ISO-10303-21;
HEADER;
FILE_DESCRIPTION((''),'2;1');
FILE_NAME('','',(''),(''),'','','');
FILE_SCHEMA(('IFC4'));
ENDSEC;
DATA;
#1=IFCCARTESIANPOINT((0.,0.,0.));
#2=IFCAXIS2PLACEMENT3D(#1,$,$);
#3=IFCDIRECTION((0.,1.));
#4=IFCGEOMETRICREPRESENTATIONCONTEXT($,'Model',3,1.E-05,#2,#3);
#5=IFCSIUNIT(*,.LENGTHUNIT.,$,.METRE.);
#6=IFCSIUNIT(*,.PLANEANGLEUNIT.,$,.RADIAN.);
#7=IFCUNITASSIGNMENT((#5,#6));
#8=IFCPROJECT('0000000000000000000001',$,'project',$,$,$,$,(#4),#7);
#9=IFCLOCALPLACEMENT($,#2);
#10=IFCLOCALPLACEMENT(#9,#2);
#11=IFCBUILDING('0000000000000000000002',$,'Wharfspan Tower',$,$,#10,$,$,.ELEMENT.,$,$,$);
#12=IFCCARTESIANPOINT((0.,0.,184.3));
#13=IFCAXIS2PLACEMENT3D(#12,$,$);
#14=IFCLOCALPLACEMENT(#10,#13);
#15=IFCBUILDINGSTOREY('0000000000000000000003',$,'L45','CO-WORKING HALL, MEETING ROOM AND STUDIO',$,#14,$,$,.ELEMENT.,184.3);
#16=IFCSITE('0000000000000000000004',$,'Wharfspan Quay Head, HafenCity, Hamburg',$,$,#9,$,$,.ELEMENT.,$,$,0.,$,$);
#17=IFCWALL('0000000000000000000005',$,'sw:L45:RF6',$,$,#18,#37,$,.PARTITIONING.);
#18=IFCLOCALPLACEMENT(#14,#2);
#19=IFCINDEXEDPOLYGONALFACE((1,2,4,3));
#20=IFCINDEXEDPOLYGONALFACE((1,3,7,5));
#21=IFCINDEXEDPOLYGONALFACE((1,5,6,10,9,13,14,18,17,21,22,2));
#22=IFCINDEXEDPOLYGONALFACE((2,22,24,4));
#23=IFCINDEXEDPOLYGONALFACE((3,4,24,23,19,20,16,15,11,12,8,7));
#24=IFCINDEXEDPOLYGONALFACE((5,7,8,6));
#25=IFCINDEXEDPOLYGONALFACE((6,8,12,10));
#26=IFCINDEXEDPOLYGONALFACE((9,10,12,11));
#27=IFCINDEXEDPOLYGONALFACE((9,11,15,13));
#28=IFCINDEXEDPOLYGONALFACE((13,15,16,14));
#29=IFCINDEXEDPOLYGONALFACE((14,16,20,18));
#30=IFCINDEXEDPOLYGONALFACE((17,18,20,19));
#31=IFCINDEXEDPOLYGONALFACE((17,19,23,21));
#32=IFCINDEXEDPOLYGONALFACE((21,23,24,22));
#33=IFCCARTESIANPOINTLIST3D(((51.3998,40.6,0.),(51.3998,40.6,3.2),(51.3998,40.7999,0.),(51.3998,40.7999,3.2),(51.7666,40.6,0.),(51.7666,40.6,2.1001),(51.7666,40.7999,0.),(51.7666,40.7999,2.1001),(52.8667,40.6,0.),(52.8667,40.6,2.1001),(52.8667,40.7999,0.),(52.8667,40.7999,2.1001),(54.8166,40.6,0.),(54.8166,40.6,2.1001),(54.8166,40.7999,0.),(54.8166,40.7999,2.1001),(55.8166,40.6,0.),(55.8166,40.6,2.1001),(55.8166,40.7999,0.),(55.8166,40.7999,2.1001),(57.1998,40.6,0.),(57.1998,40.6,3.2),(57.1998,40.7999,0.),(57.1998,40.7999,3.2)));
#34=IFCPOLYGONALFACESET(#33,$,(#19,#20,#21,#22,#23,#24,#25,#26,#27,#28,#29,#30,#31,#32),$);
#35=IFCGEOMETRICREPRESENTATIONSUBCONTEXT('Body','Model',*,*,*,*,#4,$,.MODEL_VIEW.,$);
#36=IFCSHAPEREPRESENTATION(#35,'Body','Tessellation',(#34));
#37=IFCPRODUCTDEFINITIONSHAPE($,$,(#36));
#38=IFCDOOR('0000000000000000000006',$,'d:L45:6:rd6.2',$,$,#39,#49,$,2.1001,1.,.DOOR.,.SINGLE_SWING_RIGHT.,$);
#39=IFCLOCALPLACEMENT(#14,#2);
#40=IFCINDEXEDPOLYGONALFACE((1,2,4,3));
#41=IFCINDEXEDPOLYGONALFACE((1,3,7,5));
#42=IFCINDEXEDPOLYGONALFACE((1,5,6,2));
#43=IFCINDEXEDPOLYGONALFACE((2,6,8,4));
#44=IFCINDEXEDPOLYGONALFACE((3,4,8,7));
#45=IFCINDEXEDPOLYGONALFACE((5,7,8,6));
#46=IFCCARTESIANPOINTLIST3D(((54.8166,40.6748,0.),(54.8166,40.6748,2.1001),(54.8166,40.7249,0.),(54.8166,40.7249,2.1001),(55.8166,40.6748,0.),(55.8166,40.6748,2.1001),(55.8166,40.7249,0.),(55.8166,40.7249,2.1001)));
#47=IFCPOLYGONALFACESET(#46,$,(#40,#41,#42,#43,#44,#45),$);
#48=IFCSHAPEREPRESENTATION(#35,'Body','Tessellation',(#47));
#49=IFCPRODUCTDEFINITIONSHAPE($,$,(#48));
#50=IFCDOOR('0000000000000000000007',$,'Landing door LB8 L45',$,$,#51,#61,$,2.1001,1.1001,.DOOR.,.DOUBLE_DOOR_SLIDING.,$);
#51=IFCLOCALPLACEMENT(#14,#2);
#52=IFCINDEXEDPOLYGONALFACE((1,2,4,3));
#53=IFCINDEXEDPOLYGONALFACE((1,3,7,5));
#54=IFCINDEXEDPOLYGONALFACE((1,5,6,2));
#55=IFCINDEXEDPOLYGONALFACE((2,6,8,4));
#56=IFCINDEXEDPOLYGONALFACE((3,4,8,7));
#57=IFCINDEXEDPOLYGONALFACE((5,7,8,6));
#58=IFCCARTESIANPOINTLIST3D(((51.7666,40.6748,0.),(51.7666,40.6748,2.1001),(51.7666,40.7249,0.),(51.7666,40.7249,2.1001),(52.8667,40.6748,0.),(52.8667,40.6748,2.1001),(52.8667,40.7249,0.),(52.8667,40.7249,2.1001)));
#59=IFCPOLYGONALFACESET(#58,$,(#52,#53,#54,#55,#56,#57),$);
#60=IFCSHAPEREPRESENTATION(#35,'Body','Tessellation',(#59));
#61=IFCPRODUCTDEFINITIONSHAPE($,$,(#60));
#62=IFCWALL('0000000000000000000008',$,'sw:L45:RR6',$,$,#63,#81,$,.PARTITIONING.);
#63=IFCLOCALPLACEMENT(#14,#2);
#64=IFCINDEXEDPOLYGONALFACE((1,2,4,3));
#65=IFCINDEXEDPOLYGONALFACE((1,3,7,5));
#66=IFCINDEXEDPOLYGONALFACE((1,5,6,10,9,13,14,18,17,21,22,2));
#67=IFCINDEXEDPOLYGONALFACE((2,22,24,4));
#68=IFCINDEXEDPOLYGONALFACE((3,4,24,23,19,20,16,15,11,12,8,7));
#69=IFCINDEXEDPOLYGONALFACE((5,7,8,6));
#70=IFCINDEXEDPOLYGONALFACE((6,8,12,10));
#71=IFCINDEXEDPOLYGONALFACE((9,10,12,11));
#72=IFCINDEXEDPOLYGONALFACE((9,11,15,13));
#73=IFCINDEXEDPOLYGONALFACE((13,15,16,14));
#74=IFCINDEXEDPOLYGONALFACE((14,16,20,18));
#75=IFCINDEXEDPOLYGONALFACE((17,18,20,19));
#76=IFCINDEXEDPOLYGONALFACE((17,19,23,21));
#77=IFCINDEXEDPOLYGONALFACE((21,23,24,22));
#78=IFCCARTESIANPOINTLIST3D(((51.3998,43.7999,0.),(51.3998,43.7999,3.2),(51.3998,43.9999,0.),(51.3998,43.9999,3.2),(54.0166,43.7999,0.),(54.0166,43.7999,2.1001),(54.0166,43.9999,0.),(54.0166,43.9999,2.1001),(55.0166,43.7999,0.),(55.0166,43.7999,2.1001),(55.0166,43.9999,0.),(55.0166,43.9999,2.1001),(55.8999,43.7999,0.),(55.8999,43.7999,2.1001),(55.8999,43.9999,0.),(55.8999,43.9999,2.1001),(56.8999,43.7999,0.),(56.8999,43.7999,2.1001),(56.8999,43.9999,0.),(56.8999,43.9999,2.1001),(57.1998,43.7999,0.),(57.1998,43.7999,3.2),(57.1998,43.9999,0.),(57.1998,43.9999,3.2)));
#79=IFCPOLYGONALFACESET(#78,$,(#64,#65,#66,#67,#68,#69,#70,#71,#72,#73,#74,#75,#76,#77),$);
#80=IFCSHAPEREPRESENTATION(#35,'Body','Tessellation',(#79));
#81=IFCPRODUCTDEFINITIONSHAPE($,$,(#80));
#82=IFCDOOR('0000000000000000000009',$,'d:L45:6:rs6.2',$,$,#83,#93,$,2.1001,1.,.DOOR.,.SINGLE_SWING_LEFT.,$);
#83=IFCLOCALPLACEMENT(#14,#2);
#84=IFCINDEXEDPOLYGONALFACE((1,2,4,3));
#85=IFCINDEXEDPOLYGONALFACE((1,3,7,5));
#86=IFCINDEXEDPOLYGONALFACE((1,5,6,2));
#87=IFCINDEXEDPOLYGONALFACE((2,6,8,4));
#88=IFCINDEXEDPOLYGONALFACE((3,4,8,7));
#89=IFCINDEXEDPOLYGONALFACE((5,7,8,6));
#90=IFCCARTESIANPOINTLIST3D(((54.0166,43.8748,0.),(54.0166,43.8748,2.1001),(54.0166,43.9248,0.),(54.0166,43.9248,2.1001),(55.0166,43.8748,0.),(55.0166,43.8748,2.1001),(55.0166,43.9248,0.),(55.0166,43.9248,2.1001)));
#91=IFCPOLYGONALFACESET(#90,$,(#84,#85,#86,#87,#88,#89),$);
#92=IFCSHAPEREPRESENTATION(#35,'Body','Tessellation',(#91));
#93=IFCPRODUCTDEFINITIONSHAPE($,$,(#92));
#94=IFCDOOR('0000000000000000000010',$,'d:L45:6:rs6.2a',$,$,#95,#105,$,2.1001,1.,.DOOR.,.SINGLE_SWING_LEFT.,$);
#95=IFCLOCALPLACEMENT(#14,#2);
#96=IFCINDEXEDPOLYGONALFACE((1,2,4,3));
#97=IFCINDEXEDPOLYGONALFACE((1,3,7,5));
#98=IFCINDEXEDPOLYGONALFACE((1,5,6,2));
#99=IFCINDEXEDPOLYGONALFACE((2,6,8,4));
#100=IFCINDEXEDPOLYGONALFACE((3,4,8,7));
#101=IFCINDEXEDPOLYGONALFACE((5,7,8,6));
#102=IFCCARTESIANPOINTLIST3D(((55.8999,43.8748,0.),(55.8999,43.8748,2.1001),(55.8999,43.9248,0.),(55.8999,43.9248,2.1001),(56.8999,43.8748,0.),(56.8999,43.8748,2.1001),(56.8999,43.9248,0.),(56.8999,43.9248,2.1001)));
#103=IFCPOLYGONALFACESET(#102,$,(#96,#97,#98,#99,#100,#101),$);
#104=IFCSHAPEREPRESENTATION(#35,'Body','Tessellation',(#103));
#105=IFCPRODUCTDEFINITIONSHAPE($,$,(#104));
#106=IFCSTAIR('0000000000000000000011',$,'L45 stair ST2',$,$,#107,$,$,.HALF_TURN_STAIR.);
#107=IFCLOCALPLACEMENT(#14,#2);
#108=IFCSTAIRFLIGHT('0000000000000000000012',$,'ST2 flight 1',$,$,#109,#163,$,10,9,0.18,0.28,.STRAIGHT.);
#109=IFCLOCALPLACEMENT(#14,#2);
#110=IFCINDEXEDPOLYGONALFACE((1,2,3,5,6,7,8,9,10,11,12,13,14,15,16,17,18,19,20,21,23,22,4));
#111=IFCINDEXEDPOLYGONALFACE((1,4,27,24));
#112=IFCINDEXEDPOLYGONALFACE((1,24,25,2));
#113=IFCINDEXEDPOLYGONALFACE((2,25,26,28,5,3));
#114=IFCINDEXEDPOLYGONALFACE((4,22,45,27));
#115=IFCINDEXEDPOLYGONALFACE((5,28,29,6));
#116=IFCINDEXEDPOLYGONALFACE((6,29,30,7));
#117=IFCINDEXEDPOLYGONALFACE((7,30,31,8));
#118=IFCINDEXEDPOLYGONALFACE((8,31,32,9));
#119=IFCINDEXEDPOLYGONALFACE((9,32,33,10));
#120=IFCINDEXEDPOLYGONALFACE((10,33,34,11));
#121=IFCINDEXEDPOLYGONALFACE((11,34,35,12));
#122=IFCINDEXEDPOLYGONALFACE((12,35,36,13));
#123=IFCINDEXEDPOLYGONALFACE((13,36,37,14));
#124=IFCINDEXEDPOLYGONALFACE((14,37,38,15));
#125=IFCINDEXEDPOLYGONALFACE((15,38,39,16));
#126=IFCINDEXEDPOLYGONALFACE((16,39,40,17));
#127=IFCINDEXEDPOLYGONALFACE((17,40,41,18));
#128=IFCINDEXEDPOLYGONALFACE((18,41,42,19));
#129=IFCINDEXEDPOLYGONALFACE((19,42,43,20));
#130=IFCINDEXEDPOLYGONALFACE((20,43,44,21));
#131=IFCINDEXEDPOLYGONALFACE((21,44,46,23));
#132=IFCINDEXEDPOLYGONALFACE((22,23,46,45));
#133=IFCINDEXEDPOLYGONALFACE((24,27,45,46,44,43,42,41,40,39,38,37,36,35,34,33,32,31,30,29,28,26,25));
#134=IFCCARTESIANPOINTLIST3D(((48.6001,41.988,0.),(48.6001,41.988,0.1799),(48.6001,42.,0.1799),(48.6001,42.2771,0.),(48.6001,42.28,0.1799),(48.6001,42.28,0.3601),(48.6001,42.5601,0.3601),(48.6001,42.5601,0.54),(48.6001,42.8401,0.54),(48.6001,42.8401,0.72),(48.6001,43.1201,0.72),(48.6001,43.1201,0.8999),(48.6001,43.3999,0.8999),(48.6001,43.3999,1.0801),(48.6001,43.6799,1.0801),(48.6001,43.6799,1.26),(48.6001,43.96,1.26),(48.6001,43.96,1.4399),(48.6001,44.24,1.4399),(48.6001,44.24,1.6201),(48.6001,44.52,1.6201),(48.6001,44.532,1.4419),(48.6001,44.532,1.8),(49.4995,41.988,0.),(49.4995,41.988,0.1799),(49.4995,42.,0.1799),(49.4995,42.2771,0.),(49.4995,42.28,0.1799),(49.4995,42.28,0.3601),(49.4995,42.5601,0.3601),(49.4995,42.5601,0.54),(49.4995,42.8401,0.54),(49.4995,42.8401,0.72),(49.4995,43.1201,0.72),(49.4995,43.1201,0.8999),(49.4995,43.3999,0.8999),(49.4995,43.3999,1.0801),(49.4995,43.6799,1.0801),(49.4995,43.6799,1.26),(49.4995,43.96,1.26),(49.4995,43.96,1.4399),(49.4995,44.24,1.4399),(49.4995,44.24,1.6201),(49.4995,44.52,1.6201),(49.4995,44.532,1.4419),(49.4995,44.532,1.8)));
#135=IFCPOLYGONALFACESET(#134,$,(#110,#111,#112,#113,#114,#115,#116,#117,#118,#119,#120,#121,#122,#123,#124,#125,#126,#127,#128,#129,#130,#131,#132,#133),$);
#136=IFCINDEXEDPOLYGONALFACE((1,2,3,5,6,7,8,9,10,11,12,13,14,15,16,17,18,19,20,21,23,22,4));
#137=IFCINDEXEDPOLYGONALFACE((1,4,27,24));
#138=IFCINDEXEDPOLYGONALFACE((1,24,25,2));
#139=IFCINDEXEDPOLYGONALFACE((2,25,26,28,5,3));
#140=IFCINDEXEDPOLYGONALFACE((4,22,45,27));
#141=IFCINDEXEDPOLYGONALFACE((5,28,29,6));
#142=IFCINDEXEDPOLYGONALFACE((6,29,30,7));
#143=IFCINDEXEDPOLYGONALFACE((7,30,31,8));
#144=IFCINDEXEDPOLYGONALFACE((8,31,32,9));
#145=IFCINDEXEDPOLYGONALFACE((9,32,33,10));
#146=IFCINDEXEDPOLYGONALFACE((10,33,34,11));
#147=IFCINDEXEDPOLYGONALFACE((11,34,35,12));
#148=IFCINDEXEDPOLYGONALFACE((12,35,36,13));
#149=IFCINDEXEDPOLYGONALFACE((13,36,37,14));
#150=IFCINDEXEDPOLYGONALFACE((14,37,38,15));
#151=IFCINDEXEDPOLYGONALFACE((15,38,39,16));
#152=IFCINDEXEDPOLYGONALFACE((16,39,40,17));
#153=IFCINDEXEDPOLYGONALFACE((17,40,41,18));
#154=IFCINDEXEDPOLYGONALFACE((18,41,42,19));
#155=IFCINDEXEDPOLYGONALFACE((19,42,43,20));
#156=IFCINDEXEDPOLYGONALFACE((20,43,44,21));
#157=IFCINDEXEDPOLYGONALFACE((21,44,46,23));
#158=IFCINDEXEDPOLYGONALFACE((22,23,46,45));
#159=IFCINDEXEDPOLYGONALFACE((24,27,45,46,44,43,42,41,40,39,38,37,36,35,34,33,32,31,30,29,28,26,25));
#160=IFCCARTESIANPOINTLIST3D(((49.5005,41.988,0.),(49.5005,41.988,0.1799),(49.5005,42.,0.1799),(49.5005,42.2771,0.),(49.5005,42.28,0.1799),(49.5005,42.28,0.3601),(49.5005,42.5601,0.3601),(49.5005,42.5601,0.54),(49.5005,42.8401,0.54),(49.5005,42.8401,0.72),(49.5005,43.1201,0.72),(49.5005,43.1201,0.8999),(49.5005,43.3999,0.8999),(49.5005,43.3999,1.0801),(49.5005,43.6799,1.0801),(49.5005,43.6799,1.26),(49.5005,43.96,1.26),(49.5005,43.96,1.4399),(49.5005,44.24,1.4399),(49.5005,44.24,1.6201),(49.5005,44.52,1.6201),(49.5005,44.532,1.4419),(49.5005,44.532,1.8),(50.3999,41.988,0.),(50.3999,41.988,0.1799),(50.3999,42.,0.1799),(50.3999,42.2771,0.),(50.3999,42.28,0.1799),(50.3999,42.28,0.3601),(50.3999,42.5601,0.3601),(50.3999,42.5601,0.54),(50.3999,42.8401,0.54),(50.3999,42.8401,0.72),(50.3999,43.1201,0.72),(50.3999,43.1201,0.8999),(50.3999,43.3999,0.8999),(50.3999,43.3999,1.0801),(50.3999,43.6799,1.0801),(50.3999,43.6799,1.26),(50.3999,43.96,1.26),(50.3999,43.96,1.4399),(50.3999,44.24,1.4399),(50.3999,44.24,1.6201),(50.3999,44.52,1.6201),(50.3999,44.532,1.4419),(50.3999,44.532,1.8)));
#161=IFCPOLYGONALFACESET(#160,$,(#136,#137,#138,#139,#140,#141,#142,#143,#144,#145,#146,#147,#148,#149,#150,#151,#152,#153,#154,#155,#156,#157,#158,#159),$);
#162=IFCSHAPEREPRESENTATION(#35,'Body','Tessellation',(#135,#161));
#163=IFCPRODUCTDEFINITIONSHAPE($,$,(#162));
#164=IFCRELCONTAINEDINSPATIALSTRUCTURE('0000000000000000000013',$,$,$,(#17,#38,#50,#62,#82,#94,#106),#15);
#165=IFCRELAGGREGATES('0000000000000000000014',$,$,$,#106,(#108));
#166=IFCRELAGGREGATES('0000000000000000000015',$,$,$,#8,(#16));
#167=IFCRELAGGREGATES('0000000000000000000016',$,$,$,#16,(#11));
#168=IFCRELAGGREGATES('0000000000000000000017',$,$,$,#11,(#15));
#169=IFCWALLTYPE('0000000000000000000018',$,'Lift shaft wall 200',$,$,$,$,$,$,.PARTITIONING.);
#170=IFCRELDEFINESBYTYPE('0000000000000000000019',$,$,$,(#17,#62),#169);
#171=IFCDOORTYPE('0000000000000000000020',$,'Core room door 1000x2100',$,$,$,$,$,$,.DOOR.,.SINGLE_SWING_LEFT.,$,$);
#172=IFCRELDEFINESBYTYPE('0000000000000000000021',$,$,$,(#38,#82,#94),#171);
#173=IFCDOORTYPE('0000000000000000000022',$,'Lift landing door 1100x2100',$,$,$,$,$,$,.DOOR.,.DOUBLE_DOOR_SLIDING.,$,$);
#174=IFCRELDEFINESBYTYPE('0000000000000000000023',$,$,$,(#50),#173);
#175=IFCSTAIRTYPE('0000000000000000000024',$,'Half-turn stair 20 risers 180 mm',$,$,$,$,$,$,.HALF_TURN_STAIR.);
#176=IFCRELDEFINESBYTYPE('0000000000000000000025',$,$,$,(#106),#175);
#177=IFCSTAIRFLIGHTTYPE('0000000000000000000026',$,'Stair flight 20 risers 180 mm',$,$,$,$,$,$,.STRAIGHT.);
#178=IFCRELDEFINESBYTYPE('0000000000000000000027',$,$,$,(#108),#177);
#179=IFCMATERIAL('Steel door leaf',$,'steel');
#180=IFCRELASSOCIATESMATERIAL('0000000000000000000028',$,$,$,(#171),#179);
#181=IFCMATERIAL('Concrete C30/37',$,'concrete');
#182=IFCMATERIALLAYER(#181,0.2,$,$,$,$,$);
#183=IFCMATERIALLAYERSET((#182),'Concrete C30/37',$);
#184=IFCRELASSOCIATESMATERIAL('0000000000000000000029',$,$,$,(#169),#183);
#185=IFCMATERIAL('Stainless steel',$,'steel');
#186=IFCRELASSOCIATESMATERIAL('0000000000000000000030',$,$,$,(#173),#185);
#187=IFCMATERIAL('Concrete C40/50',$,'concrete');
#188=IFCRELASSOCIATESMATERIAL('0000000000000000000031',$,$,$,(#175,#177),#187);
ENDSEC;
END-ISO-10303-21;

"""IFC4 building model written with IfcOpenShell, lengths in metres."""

from ifc_helpers import new_model, si_unit, direction, frame, frame_2d, origin, place, context, subcontext, project, spatial, polyline, rectangle, outline, extrude, material, layer, layer_set, type_object, element, fill, aggregate, save


model = new_model("IFC4")

# Units and contexts
model_context = context("Model", 3, precision=1e-05, world=origin(), true_north=direction((0.0, 1.0)))
body_context = subcontext(model_context, "Body", "Model", "MODEL_VIEW")
ifc_project = project(units=[si_unit("LENGTHUNIT", "METRE"), si_unit("PLANEANGLEUNIT", "RADIAN")], contexts=[model_context])

# Site, building, storey
site_placement = place(None, origin())
site = spatial("IfcSite", under=ifc_project, at=site_placement, Name="Wharfspan Quay Head, HafenCity, Hamburg", CompositionType="ELEMENT", RefElevation=0.0)
building_placement = place(site_placement, origin())
building = spatial("IfcBuilding", under=site, at=building_placement, Name="Wharfspan Tower", CompositionType="ELEMENT")
storey_placement = place(building_placement, frame((0.0, 0.0, 184.3)))
storey = spatial("IfcBuildingStorey", under=building, at=storey_placement, Name="L45", Description="CO-WORKING HALL, MEETING ROOM AND STUDIO", CompositionType="ELEMENT", Elevation=184.3)

# Shared definitions
ifc_material_1 = material(Name="Steel door leaf", Category="steel")
door_type_1 = type_object("IfcDoorType", Name="Core room door 1000x2100", OperationType="SINGLE_SWING_LEFT", PredefinedType="DOOR", material=ifc_material_1)

# Walls, openings, doors
ifc_material_2 = material(Name="Concrete C30/37", Category="concrete")
ifc_layer_1 = layer(ifc_material_2, 0.2)
ifc_layer_set_1 = layer_set([ifc_layer_1], Name="Concrete C30/37")
wall_type_1 = type_object("IfcWallType", Name="Lift shaft wall 200", PredefinedType="PARTITIONING", material=ifc_layer_set_1)
wall_1_placement = place(storey_placement, frame((51.3999, 40.7, 0.0), z_axis=(0.0, 0.0, 1.0), x_axis=(1.0, 0.0, 0.0)))
wall_1 = element("IfcWall", 1, at=wall_1_placement, inside=storey, type_object=wall_type_1, Name="sw:L45:RF6", PredefinedType="PARTITIONING", context=body_context, shape_type="SweptSolid", body=[
    extrude(rectangle(XDim=5.8, YDim=0.2, at=frame_2d((2.8999, 0.0))), origin(), (0.0, 0.0, 1.0), 3.2),
])
opening_1_placement = place(wall_1_placement, frame((0.3667, 0.0, 0.0)))
opening_1 = element("IfcOpeningElement", 2, at=opening_1_placement, cuts=wall_1, PredefinedType="OPENING", context=body_context, shape_type="SweptSolid", body=[
    extrude(rectangle(XDim=1.1001, YDim=2.1001, at=frame_2d((0.55, 1.05))), frame((0.0, 0.1099, 0.0), z_axis=(0.0, -1.0, 0.0), x_axis=(1.0, 0.0, 0.0)), (0.0, 0.0, 1.0), 0.22),
])
opening_2_placement = place(wall_1_placement, frame((3.4167, 0.0, 0.0)))
opening_2 = element("IfcOpeningElement", 3, at=opening_2_placement, cuts=wall_1, PredefinedType="OPENING", context=body_context, shape_type="SweptSolid", body=[
    extrude(rectangle(XDim=1.0, YDim=2.1001, at=frame_2d((0.5, 1.05))), frame((0.0, 0.1099, 0.0), z_axis=(0.0, -1.0, 0.0), x_axis=(1.0, 0.0, 0.0)), (0.0, 0.0, 1.0), 0.22),
])
door_1_placement = place(opening_2_placement, origin())
door_1 = element("IfcDoor", 4, at=door_1_placement, inside=storey, type_object=door_type_1, Name="d:L45:6:rd6.2", OperationType="SINGLE_SWING_RIGHT", OverallHeight=2.1001, OverallWidth=1.0, PredefinedType="DOOR", context=body_context, shape_type="SweptSolid", body=[
    extrude(rectangle(XDim=1.0, YDim=2.1001, at=frame_2d((0.5, 1.05))), frame((0.0, 0.0249, 0.0), z_axis=(0.0, -1.0, 0.0), x_axis=(1.0, 0.0, 0.0)), (0.0, 0.0, 1.0), 0.05),
])
fill(opening_2, door_1)
ifc_material_3 = material(Name="Stainless steel", Category="steel")
door_type_2 = type_object("IfcDoorType", Name="Lift landing door 1100x2100", OperationType="DOUBLE_DOOR_SLIDING", PredefinedType="DOOR", material=ifc_material_3)
door_2_placement = place(opening_1_placement, origin())
door_2 = element("IfcDoor", 5, at=door_2_placement, inside=storey, type_object=door_type_2, Name="Landing door LB8 L45", OperationType="DOUBLE_DOOR_SLIDING", OverallHeight=2.1001, OverallWidth=1.1001, PredefinedType="DOOR", context=body_context, shape_type="SweptSolid", body=[
    extrude(rectangle(XDim=1.1001, YDim=2.1001, at=frame_2d((0.55, 1.05))), frame((0.0, 0.0249, 0.0), z_axis=(0.0, -1.0, 0.0), x_axis=(1.0, 0.0, 0.0)), (0.0, 0.0, 1.0), 0.05),
])
fill(opening_1, door_2)
wall_2_placement = place(storey_placement, frame((51.3999, 43.8999, 0.0), z_axis=(0.0, 0.0, 1.0), x_axis=(1.0, 0.0, 0.0)))
wall_2 = element("IfcWall", 6, at=wall_2_placement, inside=storey, type_object=wall_type_1, Name="sw:L45:RR6", PredefinedType="PARTITIONING", context=body_context, shape_type="SweptSolid", body=[
    extrude(rectangle(XDim=5.8, YDim=0.2, at=frame_2d((2.8999, 0.0))), origin(), (0.0, 0.0, 1.0), 3.2),
])
opening_3_placement = place(wall_2_placement, frame((2.6167, 0.0, 0.0)))
opening_3 = element("IfcOpeningElement", 7, at=opening_3_placement, cuts=wall_2, PredefinedType="OPENING", context=body_context, shape_type="SweptSolid", body=[
    extrude(rectangle(XDim=1.0, YDim=2.1001, at=frame_2d((0.5, 1.05))), frame((0.0, 0.1099, 0.0), z_axis=(0.0, -1.0, 0.0), x_axis=(1.0, 0.0, 0.0)), (0.0, 0.0, 1.0), 0.22),
])
opening_4_placement = place(wall_2_placement, frame((4.5, 0.0, 0.0)))
opening_4 = element("IfcOpeningElement", 8, at=opening_4_placement, cuts=wall_2, PredefinedType="OPENING", context=body_context, shape_type="SweptSolid", body=[
    extrude(rectangle(XDim=1.0, YDim=2.1001, at=frame_2d((0.5, 1.05))), frame((0.0, 0.1099, 0.0), z_axis=(0.0, -1.0, 0.0), x_axis=(1.0, 0.0, 0.0)), (0.0, 0.0, 1.0), 0.22),
])
door_3_placement = place(opening_3_placement, origin())
door_3 = element("IfcDoor", 9, at=door_3_placement, inside=storey, type_object=door_type_1, Name="d:L45:6:rs6.2", OperationType="SINGLE_SWING_LEFT", OverallHeight=2.1001, OverallWidth=1.0, PredefinedType="DOOR", context=body_context, shape_type="SweptSolid", body=[
    extrude(rectangle(XDim=1.0, YDim=2.1001, at=frame_2d((0.5, 1.05))), frame((0.0, 0.0249, 0.0), z_axis=(0.0, -1.0, 0.0), x_axis=(1.0, 0.0, 0.0)), (0.0, 0.0, 1.0), 0.05),
])
fill(opening_3, door_3)
door_4_placement = place(opening_4_placement, origin())
door_4 = element("IfcDoor", 10, at=door_4_placement, inside=storey, type_object=door_type_1, Name="d:L45:6:rs6.2a", OperationType="SINGLE_SWING_LEFT", OverallHeight=2.1001, OverallWidth=1.0, PredefinedType="DOOR", context=body_context, shape_type="SweptSolid", body=[
    extrude(rectangle(XDim=1.0, YDim=2.1001, at=frame_2d((0.5, 1.05))), frame((0.0, 0.0249, 0.0), z_axis=(0.0, -1.0, 0.0), x_axis=(1.0, 0.0, 0.0)), (0.0, 0.0, 1.0), 0.05),
])
fill(opening_4, door_4)

# Stair, stair flight
ifc_material_4 = material(Name="Concrete C40/50", Category="concrete")
stair_type = type_object("IfcStairType", Name="Half-turn stair 20 risers 180 mm", PredefinedType="HALF_TURN_STAIR", material=ifc_material_4)
stair_placement = place(storey_placement, origin())
stair = element("IfcStair", 11, at=stair_placement, inside=storey, type_object=stair_type, Name="L45 stair ST2", PredefinedType="HALF_TURN_STAIR")
stair_flight_type = type_object("IfcStairFlightType", Name="Stair flight 20 risers 180 mm", PredefinedType="STRAIGHT", material=ifc_material_4)
stair_flight_placement = place(storey_placement, frame((49.5, 42.0, 0.0), z_axis=(0.0, 0.0, 1.0), x_axis=(0.0, 1.0, 0.0)))
stair_flight = element("IfcStairFlight", 12, at=stair_flight_placement, type_object=stair_flight_type, Name="ST2 flight 1", NumberOfRisers=10, NumberOfTreads=9, PredefinedType="STRAIGHT", RiserHeight=0.18, TreadLength=0.28, context=body_context, shape_type="SweptSolid", body=[
    extrude(outline(polyline([(-0.012, 0.0), (-0.012, 0.1799), (0.0, 0.1799), (0.28, 0.1799), (0.28, 0.3601), (0.5601, 0.3601), (0.5601, 0.54), (0.8401, 0.54), (0.8401, 0.72), (1.1201, 0.72), (1.1201, 0.8999), (1.3999, 0.8999), (1.3999, 1.0801), (1.6799, 1.0801), (1.6799, 1.26), (1.96, 1.26), (1.96, 1.4399), (2.24, 1.4399), (2.24, 1.6201), (2.52, 1.6201), (2.532, 1.8), (2.532, 1.4419), (0.2771, 0.0), (-0.012, 0.0)])), frame((0.0, 0.8999, 0.0), z_axis=(0.0, -1.0, 0.0), x_axis=(1.0, 0.0, 0.0)), (0.0, 0.0, 1.0), 0.8994),
    extrude(outline(polyline([(-0.012, 0.0), (-0.012, 0.1799), (0.0, 0.1799), (0.28, 0.1799), (0.28, 0.3601), (0.5601, 0.3601), (0.5601, 0.54), (0.8401, 0.54), (0.8401, 0.72), (1.1201, 0.72), (1.1201, 0.8999), (1.3999, 0.8999), (1.3999, 1.0801), (1.6799, 1.0801), (1.6799, 1.26), (1.96, 1.26), (1.96, 1.4399), (2.24, 1.4399), (2.24, 1.6201), (2.52, 1.6201), (2.532, 1.8), (2.532, 1.4419), (0.2771, 0.0), (-0.012, 0.0)])), frame((0.0, -0.0005, 0.0), z_axis=(0.0, -1.0, 0.0), x_axis=(1.0, 0.0, 0.0)), (0.0, 0.0, 1.0), 0.8994),
])
aggregate(stair, [stair_flight])

save(model, "model.ifc")
